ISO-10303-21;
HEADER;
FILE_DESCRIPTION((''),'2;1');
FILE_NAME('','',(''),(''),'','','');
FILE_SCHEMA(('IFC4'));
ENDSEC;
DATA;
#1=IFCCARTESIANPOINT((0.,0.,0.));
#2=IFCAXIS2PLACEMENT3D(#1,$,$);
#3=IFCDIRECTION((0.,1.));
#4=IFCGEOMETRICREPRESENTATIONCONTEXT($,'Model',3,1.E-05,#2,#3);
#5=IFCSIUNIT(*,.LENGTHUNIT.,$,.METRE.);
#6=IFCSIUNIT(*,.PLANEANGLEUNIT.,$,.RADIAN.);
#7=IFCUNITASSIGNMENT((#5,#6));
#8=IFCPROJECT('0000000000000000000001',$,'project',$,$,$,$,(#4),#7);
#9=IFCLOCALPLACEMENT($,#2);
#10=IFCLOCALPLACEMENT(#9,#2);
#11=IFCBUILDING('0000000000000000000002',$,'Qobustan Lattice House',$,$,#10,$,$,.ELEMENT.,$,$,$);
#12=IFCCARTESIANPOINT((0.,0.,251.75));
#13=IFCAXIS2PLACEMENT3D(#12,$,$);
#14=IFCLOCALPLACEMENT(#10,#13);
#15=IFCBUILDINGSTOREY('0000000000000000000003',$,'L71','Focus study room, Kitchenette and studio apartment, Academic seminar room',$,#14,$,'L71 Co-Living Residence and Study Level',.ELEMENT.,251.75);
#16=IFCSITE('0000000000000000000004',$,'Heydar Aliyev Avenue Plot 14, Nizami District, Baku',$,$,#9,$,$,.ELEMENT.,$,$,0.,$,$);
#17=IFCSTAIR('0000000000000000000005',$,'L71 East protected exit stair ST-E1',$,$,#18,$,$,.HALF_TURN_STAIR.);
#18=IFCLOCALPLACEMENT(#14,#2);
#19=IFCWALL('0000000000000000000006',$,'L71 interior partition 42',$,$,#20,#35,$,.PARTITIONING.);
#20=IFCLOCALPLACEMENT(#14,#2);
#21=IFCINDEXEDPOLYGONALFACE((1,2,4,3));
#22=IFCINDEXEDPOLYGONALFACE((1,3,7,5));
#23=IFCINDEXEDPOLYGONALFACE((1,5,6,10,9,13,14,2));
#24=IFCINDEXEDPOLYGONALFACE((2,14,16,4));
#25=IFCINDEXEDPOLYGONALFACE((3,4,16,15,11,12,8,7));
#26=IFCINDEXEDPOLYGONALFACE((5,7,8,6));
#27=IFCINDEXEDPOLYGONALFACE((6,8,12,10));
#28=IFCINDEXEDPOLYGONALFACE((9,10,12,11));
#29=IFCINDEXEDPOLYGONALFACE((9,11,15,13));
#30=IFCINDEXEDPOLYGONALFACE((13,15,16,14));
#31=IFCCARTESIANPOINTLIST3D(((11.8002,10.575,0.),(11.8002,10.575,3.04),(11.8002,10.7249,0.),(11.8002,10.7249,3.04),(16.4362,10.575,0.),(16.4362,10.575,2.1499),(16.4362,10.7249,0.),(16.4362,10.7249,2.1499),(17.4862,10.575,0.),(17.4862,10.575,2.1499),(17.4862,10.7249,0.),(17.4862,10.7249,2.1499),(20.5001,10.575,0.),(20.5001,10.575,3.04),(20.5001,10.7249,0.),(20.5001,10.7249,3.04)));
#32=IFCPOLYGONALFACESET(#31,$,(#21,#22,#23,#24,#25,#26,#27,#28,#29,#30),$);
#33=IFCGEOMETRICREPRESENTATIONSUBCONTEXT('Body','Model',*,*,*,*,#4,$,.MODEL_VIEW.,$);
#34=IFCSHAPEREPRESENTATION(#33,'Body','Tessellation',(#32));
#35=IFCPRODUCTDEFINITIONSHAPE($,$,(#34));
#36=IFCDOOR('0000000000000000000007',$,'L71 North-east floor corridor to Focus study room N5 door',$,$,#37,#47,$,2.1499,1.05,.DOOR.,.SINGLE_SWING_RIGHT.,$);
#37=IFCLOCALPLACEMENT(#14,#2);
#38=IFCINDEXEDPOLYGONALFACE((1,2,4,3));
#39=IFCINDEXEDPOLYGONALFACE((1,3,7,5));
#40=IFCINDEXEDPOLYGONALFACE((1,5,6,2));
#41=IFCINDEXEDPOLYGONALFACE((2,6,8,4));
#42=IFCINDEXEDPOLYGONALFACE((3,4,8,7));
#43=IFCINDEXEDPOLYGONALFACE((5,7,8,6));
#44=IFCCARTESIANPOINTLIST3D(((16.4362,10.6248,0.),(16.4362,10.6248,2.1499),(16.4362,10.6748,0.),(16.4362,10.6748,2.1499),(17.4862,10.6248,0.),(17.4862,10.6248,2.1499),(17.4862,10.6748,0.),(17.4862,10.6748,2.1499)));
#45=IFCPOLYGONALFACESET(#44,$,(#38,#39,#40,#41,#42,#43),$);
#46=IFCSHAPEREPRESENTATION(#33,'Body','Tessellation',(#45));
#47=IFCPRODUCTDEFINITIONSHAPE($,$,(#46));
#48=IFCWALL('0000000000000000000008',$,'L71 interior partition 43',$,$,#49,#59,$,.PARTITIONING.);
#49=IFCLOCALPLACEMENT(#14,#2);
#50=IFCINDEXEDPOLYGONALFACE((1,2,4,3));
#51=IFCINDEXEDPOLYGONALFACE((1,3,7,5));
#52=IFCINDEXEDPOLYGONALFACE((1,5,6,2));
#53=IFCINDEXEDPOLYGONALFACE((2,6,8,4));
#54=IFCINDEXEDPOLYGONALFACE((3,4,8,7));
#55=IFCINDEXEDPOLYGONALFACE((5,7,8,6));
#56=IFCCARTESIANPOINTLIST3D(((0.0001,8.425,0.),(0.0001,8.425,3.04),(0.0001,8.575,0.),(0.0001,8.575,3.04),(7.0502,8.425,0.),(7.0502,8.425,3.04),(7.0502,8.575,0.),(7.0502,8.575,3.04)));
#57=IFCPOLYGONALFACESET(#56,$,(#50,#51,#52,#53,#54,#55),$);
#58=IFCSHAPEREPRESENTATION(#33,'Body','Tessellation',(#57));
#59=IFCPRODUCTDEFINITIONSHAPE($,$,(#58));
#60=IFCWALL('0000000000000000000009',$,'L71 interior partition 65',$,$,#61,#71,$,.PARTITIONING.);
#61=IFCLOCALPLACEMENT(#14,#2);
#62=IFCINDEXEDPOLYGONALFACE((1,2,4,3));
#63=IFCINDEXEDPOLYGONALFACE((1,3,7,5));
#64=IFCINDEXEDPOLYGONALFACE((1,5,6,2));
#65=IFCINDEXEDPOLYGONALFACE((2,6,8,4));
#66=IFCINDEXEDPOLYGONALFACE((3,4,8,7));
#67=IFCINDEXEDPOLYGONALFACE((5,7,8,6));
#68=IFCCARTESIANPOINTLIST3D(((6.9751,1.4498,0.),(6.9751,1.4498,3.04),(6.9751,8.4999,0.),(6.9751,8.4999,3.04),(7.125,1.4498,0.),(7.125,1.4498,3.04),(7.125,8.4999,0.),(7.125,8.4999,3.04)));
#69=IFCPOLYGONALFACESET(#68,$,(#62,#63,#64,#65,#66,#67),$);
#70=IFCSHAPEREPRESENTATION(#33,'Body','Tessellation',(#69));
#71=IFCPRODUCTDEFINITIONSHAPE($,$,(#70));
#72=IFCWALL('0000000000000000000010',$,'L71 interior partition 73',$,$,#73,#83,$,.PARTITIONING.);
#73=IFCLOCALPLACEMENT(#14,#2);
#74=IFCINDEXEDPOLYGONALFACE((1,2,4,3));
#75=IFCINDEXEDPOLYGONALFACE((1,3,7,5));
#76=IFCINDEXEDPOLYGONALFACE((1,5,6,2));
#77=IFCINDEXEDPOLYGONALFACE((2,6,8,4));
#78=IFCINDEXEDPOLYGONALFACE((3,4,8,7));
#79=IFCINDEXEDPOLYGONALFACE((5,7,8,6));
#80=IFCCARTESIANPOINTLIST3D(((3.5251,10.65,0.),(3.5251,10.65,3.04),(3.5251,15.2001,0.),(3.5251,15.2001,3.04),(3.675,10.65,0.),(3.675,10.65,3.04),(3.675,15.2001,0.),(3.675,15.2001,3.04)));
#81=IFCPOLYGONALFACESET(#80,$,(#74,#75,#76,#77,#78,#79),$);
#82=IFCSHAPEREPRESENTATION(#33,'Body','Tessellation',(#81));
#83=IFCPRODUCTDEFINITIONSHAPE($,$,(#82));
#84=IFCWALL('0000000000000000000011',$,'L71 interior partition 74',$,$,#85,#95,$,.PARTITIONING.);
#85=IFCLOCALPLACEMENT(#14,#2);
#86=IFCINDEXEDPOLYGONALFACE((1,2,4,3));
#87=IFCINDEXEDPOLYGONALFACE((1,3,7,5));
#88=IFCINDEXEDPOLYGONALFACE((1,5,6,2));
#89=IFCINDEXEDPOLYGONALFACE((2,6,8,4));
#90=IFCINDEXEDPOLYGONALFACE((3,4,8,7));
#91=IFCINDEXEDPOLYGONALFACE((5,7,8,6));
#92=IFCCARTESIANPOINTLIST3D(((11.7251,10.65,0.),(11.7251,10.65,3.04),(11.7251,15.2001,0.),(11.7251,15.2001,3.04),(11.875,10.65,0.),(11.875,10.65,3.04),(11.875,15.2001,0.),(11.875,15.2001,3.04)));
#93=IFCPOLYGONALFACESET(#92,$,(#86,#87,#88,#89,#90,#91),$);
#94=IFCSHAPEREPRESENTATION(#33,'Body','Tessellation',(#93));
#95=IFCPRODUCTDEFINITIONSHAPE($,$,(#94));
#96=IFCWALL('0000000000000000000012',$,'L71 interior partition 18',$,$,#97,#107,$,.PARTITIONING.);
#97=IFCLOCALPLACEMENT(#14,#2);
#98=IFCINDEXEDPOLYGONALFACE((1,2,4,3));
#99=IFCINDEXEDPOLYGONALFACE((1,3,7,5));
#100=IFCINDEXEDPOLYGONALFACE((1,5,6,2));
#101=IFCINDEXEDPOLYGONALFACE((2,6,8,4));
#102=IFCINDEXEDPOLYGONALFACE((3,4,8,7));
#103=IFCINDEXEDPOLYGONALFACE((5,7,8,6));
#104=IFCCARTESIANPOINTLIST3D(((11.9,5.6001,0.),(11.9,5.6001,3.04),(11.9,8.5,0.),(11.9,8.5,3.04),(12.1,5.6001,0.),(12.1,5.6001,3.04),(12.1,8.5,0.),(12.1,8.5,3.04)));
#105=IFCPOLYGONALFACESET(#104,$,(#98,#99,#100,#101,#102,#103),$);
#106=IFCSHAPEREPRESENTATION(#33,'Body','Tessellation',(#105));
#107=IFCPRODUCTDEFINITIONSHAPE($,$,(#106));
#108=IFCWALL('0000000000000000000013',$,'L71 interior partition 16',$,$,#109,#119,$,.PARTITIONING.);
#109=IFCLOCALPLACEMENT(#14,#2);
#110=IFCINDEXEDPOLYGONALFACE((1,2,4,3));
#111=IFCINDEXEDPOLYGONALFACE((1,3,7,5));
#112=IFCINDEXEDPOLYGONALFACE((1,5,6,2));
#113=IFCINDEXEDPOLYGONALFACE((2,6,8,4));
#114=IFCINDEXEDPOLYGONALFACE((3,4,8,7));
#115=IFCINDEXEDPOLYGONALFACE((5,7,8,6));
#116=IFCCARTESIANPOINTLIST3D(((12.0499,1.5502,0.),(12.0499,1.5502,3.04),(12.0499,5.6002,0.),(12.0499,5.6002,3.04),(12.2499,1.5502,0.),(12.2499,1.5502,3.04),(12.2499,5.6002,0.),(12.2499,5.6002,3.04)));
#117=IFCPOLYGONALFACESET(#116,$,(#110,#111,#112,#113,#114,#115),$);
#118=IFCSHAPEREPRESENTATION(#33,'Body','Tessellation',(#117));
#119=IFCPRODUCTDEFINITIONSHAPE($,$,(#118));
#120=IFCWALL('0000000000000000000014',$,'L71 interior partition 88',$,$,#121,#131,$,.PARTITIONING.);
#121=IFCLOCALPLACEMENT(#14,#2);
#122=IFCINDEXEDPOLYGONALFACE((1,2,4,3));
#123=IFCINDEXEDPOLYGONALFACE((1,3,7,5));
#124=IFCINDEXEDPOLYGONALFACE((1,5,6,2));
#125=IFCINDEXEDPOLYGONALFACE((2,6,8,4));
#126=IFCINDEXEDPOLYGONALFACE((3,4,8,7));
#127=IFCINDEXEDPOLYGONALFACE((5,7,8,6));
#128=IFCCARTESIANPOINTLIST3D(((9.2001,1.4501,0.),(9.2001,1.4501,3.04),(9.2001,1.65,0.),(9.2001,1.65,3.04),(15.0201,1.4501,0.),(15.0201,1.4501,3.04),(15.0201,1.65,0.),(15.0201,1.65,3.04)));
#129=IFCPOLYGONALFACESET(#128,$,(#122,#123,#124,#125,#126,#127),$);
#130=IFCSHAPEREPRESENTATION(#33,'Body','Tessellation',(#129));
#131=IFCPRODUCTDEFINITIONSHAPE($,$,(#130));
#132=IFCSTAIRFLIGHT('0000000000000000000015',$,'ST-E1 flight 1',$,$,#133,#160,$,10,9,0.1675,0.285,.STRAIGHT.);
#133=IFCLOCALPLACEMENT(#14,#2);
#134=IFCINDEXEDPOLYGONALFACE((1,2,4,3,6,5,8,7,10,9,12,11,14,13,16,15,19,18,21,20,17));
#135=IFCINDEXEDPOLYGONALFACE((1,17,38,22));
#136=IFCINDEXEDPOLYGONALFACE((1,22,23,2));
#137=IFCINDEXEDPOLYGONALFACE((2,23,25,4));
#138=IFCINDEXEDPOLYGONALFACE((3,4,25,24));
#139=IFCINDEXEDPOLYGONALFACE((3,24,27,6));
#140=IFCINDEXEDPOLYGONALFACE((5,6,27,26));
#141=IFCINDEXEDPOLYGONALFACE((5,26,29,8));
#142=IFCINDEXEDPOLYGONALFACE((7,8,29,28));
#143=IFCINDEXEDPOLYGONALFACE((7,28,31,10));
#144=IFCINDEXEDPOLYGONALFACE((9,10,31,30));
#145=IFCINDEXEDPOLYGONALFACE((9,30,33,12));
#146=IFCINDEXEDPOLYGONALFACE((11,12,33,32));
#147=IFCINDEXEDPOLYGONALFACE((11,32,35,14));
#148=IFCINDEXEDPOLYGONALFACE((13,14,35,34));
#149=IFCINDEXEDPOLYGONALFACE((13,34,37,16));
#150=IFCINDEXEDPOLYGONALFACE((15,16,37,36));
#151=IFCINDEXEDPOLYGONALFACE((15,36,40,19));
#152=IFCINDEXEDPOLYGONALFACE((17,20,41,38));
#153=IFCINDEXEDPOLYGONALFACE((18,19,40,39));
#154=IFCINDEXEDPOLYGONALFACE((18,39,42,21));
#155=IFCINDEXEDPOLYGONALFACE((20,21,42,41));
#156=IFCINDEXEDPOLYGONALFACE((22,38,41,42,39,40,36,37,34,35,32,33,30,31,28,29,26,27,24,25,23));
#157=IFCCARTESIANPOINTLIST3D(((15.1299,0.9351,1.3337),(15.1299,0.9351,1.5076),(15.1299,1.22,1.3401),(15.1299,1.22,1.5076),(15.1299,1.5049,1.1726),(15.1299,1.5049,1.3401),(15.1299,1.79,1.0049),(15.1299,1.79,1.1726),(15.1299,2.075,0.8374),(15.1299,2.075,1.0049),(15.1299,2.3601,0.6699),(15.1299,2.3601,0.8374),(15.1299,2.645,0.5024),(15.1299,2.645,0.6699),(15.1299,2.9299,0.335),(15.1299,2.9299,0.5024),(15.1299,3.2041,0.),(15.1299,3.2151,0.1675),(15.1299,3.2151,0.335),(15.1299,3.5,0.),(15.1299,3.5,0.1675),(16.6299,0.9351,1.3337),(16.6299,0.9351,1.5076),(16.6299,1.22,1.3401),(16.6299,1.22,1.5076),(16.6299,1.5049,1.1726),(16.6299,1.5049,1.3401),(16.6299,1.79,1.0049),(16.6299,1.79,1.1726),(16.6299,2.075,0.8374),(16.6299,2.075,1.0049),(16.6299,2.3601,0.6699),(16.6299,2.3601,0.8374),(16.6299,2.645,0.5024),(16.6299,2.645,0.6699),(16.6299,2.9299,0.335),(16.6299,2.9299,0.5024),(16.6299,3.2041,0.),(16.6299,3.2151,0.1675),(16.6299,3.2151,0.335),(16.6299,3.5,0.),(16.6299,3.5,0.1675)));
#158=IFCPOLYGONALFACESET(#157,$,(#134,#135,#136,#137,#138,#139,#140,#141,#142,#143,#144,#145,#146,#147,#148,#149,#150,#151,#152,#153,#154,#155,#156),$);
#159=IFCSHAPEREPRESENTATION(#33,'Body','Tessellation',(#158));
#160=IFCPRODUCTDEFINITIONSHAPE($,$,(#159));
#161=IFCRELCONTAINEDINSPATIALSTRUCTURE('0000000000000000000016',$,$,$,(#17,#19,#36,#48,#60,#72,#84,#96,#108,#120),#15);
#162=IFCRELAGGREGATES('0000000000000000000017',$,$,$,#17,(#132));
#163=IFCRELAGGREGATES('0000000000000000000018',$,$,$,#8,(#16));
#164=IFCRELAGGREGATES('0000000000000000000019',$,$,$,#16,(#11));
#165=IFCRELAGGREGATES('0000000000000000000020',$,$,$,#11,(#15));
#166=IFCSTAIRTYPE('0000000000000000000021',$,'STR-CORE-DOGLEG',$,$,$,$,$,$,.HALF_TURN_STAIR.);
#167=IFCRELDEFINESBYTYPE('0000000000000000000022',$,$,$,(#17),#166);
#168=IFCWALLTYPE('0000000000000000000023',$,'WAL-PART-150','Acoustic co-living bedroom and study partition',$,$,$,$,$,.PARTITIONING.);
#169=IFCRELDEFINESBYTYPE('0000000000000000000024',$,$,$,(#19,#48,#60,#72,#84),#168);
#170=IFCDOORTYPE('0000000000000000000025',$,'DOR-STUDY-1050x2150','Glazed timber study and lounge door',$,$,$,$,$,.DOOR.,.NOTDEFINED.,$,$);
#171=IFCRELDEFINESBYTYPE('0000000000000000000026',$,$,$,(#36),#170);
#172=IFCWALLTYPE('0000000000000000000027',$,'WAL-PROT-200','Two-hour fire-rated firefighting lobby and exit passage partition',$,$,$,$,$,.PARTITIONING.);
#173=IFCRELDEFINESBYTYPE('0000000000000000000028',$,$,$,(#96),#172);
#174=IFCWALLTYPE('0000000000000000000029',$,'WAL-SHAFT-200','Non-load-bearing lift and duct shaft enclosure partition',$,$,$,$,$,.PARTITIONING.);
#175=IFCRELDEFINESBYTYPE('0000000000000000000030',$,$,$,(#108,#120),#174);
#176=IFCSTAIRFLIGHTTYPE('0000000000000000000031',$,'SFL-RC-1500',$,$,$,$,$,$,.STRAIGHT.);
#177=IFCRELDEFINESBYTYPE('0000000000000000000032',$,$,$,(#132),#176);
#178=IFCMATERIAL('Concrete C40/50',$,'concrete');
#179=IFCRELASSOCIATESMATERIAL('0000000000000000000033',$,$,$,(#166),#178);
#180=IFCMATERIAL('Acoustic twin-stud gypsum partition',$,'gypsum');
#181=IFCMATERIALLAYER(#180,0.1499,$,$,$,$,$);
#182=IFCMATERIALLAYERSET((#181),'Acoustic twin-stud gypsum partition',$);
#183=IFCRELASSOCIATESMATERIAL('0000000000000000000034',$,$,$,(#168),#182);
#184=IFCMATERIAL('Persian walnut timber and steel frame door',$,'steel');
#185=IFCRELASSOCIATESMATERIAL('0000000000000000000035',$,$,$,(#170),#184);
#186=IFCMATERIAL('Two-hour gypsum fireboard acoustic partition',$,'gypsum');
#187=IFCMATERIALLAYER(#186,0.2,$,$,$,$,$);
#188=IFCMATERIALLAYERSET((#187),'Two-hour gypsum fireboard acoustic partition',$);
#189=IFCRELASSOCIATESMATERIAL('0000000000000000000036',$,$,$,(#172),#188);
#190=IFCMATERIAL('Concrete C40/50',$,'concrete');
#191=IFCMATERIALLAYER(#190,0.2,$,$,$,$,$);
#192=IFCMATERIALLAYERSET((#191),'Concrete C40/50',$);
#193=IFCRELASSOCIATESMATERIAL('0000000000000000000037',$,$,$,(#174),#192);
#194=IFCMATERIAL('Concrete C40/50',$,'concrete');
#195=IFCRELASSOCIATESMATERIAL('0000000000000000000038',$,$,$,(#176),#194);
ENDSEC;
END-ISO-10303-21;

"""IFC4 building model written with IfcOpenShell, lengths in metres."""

from ifc_helpers import new_model, si_unit, direction, frame, frame_2d, origin, place, context, subcontext, project, spatial, polyline, rectangle, outline, extrude, material, layer, layer_set, type_object, element, fill, aggregate, save


model = new_model("IFC4")

# Units and contexts
model_context = context("Model", 3, precision=1e-05, world=origin(), true_north=direction((0.0, 1.0)))
body_context = subcontext(model_context, "Body", "Model", "MODEL_VIEW")
ifc_project = project(units=[si_unit("LENGTHUNIT", "METRE"), si_unit("PLANEANGLEUNIT", "RADIAN")], contexts=[model_context])

# Site, building, storey
site_placement = place(None, origin())
site = spatial("IfcSite", under=ifc_project, at=site_placement, Name="Heydar Aliyev Avenue Plot 14, Nizami District, Baku", CompositionType="ELEMENT", RefElevation=0.0)
building_placement = place(site_placement, origin())
building = spatial("IfcBuilding", under=site, at=building_placement, Name="Qobustan Lattice House", CompositionType="ELEMENT")
storey_placement = place(building_placement, frame((0.0, 0.0, 251.75)))
storey = spatial("IfcBuildingStorey", under=building, at=storey_placement, Name="L71", Description="Focus study room, Kitchenette and studio apartment, Academic seminar room", LongName="L71 Co-Living Residence and Study Level", CompositionType="ELEMENT", Elevation=251.75)

# Stair
ifc_material_1 = material(Name="Concrete C40/50", Category="concrete")
stair_type = type_object("IfcStairType", Name="STR-CORE-DOGLEG", PredefinedType="HALF_TURN_STAIR", material=ifc_material_1)
stair_1_placement = place(storey_placement, origin())
stair_1 = element("IfcStair", 1, at=stair_1_placement, inside=storey, type_object=stair_type, Name="L71 East protected exit stair ST-E1", PredefinedType="HALF_TURN_STAIR")

# Shared definitions
ifc_material_2 = material(Name="Acoustic twin-stud gypsum partition", Category="gypsum")
ifc_layer_1 = layer(ifc_material_2, 0.1499)
ifc_layer_set_1 = layer_set([ifc_layer_1], Name="Acoustic twin-stud gypsum partition")
wall_type_1 = type_object("IfcWallType", Name="WAL-PART-150", Description="Acoustic co-living bedroom and study partition", PredefinedType="PARTITIONING", material=ifc_layer_set_1)
ifc_material_3 = material(Name="Persian walnut timber and steel frame door", Category="steel")
door_type_1 = type_object("IfcDoorType", Name="DOR-STUDY-1050x2150", Description="Glazed timber study and lounge door", OperationType="NOTDEFINED", PredefinedType="DOOR", material=ifc_material_3)

# Wall, opening, door
wall_1_placement = place(storey_placement, frame((11.8, 10.6499, 0.0), z_axis=(0.0, 0.0, 1.0), x_axis=(1.0, 0.0, 0.0)))
wall_1 = element("IfcWall", 2, at=wall_1_placement, inside=storey, type_object=wall_type_1, Name="L71 interior partition 42", PredefinedType="PARTITIONING", context=body_context, shape_type="SweptSolid", body=[
    extrude(rectangle(XDim=8.7, YDim=0.1499, at=frame_2d((4.3501, 0.0))), origin(), (0.0, 0.0, 1.0), 3.04),
])
opening_1_placement = place(wall_1_placement, frame((4.6362, 0.0, 0.0)))
opening_1 = element("IfcOpeningElement", 3, at=opening_1_placement, cuts=wall_1, PredefinedType="OPENING", context=body_context, shape_type="SweptSolid", body=[
    extrude(rectangle(XDim=1.05, YDim=2.1499, at=frame_2d((0.5249, 1.075))), frame((0.0, 0.085, 0.0), z_axis=(0.0, -1.0, 0.0), x_axis=(1.0, 0.0, 0.0)), (0.0, 0.0, 1.0), 0.1699),
])
door_1_placement = place(opening_1_placement, origin())
door_1 = element("IfcDoor", 4, at=door_1_placement, inside=storey, type_object=door_type_1, Name="L71 North-east floor corridor to Focus study room N5 door", OperationType="SINGLE_SWING_RIGHT", OverallHeight=2.1499, OverallWidth=1.05, PredefinedType="DOOR", context=body_context, shape_type="SweptSolid", body=[
    extrude(rectangle(XDim=1.05, YDim=2.1499, at=frame_2d((0.5249, 1.075))), frame((0.0, 0.0249, 0.0), z_axis=(0.0, -1.0, 0.0), x_axis=(1.0, 0.0, 0.0)), (0.0, 0.0, 1.0), 0.05),
])
fill(opening_1, door_1)

# Walls
for number, where, z_axis, x_axis, name in (
    (5, (7.05, 8.5, 0.0), (0.0, 0.0, 1.0), (-1.0, 0.0, 0.0), "L71 interior partition 43"),
    (6, (7.05, 1.45, 0.0), (0.0, 0.0, 1.0), (0.0, 1.0, 0.0), "L71 interior partition 65"),
):
    element("IfcWall", number, at=place(storey_placement, frame(where, z_axis=z_axis, x_axis=x_axis)), inside=storey, type_object=wall_type_1, Name=name, PredefinedType="PARTITIONING", context=body_context, shape_type="SweptSolid", body=[
        extrude(rectangle(XDim=7.05, YDim=0.1499, at=frame_2d((3.5249, 0.0))), origin(), (0.0, 0.0, 1.0), 3.04),
    ])
for number, where, z_axis, x_axis, name in (
    (7, (3.6001, 15.2, 0.0), (0.0, 0.0, 1.0), (0.0, -1.0, 0.0), "L71 interior partition 73"),
    (8, (11.8, 15.2, 0.0), (0.0, 0.0, 1.0), (0.0, -1.0, 0.0), "L71 interior partition 74"),
):
    element("IfcWall", number, at=place(storey_placement, frame(where, z_axis=z_axis, x_axis=x_axis)), inside=storey, type_object=wall_type_1, Name=name, PredefinedType="PARTITIONING", context=body_context, shape_type="SweptSolid", body=[
        extrude(rectangle(XDim=4.55, YDim=0.1499, at=frame_2d((2.2749, 0.0))), origin(), (0.0, 0.0, 1.0), 3.04),
    ])
ifc_material_4 = material(Name="Two-hour gypsum fireboard acoustic partition", Category="gypsum")
ifc_layer_2 = layer(ifc_material_4, 0.2)
ifc_layer_set_2 = layer_set([ifc_layer_2], Name="Two-hour gypsum fireboard acoustic partition")
wall_type_2 = type_object("IfcWallType", Name="WAL-PROT-200", Description="Two-hour fire-rated firefighting lobby and exit passage partition", PredefinedType="PARTITIONING", material=ifc_layer_set_2)
wall_2_placement = place(storey_placement, frame((12.0, 8.5, 0.0), z_axis=(0.0, 0.0, 1.0), x_axis=(0.0, -1.0, 0.0)))
element("IfcWall", 9, at=wall_2_placement, inside=storey, type_object=wall_type_2, Name="L71 interior partition 18", PredefinedType="PARTITIONING", context=body_context, shape_type="SweptSolid", body=[
    extrude(rectangle(XDim=2.8999, YDim=0.2, at=frame_2d((1.45, 0.0))), origin(), (0.0, 0.0, 1.0), 3.04),
])
ifc_material_5 = material(Name="Concrete C40/50", Category="concrete")
ifc_layer_3 = layer(ifc_material_5, 0.2)
ifc_layer_set_3 = layer_set([ifc_layer_3], Name="Concrete C40/50")
wall_type_3 = type_object("IfcWallType", Name="WAL-SHAFT-200", Description="Non-load-bearing lift and duct shaft enclosure partition", PredefinedType="PARTITIONING", material=ifc_layer_set_3)
wall_3_placement = place(storey_placement, frame((12.1499, 5.6001, 0.0), z_axis=(0.0, 0.0, 1.0), x_axis=(0.0, -1.0, 0.0)))
element("IfcWall", 10, at=wall_3_placement, inside=storey, type_object=wall_type_3, Name="L71 interior partition 16", PredefinedType="PARTITIONING", context=body_context, shape_type="SweptSolid", body=[
    extrude(rectangle(XDim=4.05, YDim=0.2, at=frame_2d((2.0249, 0.0))), origin(), (0.0, 0.0, 1.0), 3.04),
])
wall_4_placement = place(storey_placement, frame((9.2, 1.55, 0.0), z_axis=(0.0, 0.0, 1.0), x_axis=(1.0, 0.0, 0.0)))
element("IfcWall", 11, at=wall_4_placement, inside=storey, type_object=wall_type_3, Name="L71 interior partition 88", PredefinedType="PARTITIONING", context=body_context, shape_type="SweptSolid", body=[
    extrude(rectangle(XDim=5.8201, YDim=0.2, at=frame_2d((2.9102, 0.0))), origin(), (0.0, 0.0, 1.0), 3.04),
])

# Stair flight
ifc_material_6 = material(Name="Concrete C40/50", Category="concrete")
stair_flight_type = type_object("IfcStairFlightType", Name="SFL-RC-1500", PredefinedType="STRAIGHT", material=ifc_material_6)
stair_flight_placement = place(storey_placement, frame((15.8799, 3.5, 0.0), z_axis=(0.0, 0.0, 1.0), x_axis=(0.0, -1.0, 0.0)))
stair_flight = element("IfcStairFlight", 12, at=stair_flight_placement, type_object=stair_flight_type, Name="ST-E1 flight 1", NumberOfRisers=10, NumberOfTreads=9, PredefinedType="STRAIGHT", RiserHeight=0.1675, TreadLength=0.285, context=body_context, shape_type="SweptSolid", body=[
    extrude(outline(polyline([(0.0, 0.0), (0.0, 0.1675), (0.2849, 0.1675), (0.2849, 0.335), (0.5701, 0.335), (0.5701, 0.5024), (0.855, 0.5024), (0.855, 0.6699), (1.1399, 0.6699), (1.1399, 0.8374), (1.425, 0.8374), (1.425, 1.0049), (1.71, 1.0049), (1.71, 1.1726), (1.9951, 1.1726), (1.9951, 1.3401), (2.28, 1.3401), (2.28, 1.5076), (2.5649, 1.5076), (2.5649, 1.675), (2.5649, 1.3337), (0.2959, 0.0), (0.0, 0.0)])), frame((0.0, 0.75, 0.0), z_axis=(0.0, -1.0, 0.0), x_axis=(1.0, 0.0, 0.0)), (0.0, 0.0, 1.0), 1.5),
])
aggregate(stair_1, [stair_flight])

save(model, "model.ifc")
